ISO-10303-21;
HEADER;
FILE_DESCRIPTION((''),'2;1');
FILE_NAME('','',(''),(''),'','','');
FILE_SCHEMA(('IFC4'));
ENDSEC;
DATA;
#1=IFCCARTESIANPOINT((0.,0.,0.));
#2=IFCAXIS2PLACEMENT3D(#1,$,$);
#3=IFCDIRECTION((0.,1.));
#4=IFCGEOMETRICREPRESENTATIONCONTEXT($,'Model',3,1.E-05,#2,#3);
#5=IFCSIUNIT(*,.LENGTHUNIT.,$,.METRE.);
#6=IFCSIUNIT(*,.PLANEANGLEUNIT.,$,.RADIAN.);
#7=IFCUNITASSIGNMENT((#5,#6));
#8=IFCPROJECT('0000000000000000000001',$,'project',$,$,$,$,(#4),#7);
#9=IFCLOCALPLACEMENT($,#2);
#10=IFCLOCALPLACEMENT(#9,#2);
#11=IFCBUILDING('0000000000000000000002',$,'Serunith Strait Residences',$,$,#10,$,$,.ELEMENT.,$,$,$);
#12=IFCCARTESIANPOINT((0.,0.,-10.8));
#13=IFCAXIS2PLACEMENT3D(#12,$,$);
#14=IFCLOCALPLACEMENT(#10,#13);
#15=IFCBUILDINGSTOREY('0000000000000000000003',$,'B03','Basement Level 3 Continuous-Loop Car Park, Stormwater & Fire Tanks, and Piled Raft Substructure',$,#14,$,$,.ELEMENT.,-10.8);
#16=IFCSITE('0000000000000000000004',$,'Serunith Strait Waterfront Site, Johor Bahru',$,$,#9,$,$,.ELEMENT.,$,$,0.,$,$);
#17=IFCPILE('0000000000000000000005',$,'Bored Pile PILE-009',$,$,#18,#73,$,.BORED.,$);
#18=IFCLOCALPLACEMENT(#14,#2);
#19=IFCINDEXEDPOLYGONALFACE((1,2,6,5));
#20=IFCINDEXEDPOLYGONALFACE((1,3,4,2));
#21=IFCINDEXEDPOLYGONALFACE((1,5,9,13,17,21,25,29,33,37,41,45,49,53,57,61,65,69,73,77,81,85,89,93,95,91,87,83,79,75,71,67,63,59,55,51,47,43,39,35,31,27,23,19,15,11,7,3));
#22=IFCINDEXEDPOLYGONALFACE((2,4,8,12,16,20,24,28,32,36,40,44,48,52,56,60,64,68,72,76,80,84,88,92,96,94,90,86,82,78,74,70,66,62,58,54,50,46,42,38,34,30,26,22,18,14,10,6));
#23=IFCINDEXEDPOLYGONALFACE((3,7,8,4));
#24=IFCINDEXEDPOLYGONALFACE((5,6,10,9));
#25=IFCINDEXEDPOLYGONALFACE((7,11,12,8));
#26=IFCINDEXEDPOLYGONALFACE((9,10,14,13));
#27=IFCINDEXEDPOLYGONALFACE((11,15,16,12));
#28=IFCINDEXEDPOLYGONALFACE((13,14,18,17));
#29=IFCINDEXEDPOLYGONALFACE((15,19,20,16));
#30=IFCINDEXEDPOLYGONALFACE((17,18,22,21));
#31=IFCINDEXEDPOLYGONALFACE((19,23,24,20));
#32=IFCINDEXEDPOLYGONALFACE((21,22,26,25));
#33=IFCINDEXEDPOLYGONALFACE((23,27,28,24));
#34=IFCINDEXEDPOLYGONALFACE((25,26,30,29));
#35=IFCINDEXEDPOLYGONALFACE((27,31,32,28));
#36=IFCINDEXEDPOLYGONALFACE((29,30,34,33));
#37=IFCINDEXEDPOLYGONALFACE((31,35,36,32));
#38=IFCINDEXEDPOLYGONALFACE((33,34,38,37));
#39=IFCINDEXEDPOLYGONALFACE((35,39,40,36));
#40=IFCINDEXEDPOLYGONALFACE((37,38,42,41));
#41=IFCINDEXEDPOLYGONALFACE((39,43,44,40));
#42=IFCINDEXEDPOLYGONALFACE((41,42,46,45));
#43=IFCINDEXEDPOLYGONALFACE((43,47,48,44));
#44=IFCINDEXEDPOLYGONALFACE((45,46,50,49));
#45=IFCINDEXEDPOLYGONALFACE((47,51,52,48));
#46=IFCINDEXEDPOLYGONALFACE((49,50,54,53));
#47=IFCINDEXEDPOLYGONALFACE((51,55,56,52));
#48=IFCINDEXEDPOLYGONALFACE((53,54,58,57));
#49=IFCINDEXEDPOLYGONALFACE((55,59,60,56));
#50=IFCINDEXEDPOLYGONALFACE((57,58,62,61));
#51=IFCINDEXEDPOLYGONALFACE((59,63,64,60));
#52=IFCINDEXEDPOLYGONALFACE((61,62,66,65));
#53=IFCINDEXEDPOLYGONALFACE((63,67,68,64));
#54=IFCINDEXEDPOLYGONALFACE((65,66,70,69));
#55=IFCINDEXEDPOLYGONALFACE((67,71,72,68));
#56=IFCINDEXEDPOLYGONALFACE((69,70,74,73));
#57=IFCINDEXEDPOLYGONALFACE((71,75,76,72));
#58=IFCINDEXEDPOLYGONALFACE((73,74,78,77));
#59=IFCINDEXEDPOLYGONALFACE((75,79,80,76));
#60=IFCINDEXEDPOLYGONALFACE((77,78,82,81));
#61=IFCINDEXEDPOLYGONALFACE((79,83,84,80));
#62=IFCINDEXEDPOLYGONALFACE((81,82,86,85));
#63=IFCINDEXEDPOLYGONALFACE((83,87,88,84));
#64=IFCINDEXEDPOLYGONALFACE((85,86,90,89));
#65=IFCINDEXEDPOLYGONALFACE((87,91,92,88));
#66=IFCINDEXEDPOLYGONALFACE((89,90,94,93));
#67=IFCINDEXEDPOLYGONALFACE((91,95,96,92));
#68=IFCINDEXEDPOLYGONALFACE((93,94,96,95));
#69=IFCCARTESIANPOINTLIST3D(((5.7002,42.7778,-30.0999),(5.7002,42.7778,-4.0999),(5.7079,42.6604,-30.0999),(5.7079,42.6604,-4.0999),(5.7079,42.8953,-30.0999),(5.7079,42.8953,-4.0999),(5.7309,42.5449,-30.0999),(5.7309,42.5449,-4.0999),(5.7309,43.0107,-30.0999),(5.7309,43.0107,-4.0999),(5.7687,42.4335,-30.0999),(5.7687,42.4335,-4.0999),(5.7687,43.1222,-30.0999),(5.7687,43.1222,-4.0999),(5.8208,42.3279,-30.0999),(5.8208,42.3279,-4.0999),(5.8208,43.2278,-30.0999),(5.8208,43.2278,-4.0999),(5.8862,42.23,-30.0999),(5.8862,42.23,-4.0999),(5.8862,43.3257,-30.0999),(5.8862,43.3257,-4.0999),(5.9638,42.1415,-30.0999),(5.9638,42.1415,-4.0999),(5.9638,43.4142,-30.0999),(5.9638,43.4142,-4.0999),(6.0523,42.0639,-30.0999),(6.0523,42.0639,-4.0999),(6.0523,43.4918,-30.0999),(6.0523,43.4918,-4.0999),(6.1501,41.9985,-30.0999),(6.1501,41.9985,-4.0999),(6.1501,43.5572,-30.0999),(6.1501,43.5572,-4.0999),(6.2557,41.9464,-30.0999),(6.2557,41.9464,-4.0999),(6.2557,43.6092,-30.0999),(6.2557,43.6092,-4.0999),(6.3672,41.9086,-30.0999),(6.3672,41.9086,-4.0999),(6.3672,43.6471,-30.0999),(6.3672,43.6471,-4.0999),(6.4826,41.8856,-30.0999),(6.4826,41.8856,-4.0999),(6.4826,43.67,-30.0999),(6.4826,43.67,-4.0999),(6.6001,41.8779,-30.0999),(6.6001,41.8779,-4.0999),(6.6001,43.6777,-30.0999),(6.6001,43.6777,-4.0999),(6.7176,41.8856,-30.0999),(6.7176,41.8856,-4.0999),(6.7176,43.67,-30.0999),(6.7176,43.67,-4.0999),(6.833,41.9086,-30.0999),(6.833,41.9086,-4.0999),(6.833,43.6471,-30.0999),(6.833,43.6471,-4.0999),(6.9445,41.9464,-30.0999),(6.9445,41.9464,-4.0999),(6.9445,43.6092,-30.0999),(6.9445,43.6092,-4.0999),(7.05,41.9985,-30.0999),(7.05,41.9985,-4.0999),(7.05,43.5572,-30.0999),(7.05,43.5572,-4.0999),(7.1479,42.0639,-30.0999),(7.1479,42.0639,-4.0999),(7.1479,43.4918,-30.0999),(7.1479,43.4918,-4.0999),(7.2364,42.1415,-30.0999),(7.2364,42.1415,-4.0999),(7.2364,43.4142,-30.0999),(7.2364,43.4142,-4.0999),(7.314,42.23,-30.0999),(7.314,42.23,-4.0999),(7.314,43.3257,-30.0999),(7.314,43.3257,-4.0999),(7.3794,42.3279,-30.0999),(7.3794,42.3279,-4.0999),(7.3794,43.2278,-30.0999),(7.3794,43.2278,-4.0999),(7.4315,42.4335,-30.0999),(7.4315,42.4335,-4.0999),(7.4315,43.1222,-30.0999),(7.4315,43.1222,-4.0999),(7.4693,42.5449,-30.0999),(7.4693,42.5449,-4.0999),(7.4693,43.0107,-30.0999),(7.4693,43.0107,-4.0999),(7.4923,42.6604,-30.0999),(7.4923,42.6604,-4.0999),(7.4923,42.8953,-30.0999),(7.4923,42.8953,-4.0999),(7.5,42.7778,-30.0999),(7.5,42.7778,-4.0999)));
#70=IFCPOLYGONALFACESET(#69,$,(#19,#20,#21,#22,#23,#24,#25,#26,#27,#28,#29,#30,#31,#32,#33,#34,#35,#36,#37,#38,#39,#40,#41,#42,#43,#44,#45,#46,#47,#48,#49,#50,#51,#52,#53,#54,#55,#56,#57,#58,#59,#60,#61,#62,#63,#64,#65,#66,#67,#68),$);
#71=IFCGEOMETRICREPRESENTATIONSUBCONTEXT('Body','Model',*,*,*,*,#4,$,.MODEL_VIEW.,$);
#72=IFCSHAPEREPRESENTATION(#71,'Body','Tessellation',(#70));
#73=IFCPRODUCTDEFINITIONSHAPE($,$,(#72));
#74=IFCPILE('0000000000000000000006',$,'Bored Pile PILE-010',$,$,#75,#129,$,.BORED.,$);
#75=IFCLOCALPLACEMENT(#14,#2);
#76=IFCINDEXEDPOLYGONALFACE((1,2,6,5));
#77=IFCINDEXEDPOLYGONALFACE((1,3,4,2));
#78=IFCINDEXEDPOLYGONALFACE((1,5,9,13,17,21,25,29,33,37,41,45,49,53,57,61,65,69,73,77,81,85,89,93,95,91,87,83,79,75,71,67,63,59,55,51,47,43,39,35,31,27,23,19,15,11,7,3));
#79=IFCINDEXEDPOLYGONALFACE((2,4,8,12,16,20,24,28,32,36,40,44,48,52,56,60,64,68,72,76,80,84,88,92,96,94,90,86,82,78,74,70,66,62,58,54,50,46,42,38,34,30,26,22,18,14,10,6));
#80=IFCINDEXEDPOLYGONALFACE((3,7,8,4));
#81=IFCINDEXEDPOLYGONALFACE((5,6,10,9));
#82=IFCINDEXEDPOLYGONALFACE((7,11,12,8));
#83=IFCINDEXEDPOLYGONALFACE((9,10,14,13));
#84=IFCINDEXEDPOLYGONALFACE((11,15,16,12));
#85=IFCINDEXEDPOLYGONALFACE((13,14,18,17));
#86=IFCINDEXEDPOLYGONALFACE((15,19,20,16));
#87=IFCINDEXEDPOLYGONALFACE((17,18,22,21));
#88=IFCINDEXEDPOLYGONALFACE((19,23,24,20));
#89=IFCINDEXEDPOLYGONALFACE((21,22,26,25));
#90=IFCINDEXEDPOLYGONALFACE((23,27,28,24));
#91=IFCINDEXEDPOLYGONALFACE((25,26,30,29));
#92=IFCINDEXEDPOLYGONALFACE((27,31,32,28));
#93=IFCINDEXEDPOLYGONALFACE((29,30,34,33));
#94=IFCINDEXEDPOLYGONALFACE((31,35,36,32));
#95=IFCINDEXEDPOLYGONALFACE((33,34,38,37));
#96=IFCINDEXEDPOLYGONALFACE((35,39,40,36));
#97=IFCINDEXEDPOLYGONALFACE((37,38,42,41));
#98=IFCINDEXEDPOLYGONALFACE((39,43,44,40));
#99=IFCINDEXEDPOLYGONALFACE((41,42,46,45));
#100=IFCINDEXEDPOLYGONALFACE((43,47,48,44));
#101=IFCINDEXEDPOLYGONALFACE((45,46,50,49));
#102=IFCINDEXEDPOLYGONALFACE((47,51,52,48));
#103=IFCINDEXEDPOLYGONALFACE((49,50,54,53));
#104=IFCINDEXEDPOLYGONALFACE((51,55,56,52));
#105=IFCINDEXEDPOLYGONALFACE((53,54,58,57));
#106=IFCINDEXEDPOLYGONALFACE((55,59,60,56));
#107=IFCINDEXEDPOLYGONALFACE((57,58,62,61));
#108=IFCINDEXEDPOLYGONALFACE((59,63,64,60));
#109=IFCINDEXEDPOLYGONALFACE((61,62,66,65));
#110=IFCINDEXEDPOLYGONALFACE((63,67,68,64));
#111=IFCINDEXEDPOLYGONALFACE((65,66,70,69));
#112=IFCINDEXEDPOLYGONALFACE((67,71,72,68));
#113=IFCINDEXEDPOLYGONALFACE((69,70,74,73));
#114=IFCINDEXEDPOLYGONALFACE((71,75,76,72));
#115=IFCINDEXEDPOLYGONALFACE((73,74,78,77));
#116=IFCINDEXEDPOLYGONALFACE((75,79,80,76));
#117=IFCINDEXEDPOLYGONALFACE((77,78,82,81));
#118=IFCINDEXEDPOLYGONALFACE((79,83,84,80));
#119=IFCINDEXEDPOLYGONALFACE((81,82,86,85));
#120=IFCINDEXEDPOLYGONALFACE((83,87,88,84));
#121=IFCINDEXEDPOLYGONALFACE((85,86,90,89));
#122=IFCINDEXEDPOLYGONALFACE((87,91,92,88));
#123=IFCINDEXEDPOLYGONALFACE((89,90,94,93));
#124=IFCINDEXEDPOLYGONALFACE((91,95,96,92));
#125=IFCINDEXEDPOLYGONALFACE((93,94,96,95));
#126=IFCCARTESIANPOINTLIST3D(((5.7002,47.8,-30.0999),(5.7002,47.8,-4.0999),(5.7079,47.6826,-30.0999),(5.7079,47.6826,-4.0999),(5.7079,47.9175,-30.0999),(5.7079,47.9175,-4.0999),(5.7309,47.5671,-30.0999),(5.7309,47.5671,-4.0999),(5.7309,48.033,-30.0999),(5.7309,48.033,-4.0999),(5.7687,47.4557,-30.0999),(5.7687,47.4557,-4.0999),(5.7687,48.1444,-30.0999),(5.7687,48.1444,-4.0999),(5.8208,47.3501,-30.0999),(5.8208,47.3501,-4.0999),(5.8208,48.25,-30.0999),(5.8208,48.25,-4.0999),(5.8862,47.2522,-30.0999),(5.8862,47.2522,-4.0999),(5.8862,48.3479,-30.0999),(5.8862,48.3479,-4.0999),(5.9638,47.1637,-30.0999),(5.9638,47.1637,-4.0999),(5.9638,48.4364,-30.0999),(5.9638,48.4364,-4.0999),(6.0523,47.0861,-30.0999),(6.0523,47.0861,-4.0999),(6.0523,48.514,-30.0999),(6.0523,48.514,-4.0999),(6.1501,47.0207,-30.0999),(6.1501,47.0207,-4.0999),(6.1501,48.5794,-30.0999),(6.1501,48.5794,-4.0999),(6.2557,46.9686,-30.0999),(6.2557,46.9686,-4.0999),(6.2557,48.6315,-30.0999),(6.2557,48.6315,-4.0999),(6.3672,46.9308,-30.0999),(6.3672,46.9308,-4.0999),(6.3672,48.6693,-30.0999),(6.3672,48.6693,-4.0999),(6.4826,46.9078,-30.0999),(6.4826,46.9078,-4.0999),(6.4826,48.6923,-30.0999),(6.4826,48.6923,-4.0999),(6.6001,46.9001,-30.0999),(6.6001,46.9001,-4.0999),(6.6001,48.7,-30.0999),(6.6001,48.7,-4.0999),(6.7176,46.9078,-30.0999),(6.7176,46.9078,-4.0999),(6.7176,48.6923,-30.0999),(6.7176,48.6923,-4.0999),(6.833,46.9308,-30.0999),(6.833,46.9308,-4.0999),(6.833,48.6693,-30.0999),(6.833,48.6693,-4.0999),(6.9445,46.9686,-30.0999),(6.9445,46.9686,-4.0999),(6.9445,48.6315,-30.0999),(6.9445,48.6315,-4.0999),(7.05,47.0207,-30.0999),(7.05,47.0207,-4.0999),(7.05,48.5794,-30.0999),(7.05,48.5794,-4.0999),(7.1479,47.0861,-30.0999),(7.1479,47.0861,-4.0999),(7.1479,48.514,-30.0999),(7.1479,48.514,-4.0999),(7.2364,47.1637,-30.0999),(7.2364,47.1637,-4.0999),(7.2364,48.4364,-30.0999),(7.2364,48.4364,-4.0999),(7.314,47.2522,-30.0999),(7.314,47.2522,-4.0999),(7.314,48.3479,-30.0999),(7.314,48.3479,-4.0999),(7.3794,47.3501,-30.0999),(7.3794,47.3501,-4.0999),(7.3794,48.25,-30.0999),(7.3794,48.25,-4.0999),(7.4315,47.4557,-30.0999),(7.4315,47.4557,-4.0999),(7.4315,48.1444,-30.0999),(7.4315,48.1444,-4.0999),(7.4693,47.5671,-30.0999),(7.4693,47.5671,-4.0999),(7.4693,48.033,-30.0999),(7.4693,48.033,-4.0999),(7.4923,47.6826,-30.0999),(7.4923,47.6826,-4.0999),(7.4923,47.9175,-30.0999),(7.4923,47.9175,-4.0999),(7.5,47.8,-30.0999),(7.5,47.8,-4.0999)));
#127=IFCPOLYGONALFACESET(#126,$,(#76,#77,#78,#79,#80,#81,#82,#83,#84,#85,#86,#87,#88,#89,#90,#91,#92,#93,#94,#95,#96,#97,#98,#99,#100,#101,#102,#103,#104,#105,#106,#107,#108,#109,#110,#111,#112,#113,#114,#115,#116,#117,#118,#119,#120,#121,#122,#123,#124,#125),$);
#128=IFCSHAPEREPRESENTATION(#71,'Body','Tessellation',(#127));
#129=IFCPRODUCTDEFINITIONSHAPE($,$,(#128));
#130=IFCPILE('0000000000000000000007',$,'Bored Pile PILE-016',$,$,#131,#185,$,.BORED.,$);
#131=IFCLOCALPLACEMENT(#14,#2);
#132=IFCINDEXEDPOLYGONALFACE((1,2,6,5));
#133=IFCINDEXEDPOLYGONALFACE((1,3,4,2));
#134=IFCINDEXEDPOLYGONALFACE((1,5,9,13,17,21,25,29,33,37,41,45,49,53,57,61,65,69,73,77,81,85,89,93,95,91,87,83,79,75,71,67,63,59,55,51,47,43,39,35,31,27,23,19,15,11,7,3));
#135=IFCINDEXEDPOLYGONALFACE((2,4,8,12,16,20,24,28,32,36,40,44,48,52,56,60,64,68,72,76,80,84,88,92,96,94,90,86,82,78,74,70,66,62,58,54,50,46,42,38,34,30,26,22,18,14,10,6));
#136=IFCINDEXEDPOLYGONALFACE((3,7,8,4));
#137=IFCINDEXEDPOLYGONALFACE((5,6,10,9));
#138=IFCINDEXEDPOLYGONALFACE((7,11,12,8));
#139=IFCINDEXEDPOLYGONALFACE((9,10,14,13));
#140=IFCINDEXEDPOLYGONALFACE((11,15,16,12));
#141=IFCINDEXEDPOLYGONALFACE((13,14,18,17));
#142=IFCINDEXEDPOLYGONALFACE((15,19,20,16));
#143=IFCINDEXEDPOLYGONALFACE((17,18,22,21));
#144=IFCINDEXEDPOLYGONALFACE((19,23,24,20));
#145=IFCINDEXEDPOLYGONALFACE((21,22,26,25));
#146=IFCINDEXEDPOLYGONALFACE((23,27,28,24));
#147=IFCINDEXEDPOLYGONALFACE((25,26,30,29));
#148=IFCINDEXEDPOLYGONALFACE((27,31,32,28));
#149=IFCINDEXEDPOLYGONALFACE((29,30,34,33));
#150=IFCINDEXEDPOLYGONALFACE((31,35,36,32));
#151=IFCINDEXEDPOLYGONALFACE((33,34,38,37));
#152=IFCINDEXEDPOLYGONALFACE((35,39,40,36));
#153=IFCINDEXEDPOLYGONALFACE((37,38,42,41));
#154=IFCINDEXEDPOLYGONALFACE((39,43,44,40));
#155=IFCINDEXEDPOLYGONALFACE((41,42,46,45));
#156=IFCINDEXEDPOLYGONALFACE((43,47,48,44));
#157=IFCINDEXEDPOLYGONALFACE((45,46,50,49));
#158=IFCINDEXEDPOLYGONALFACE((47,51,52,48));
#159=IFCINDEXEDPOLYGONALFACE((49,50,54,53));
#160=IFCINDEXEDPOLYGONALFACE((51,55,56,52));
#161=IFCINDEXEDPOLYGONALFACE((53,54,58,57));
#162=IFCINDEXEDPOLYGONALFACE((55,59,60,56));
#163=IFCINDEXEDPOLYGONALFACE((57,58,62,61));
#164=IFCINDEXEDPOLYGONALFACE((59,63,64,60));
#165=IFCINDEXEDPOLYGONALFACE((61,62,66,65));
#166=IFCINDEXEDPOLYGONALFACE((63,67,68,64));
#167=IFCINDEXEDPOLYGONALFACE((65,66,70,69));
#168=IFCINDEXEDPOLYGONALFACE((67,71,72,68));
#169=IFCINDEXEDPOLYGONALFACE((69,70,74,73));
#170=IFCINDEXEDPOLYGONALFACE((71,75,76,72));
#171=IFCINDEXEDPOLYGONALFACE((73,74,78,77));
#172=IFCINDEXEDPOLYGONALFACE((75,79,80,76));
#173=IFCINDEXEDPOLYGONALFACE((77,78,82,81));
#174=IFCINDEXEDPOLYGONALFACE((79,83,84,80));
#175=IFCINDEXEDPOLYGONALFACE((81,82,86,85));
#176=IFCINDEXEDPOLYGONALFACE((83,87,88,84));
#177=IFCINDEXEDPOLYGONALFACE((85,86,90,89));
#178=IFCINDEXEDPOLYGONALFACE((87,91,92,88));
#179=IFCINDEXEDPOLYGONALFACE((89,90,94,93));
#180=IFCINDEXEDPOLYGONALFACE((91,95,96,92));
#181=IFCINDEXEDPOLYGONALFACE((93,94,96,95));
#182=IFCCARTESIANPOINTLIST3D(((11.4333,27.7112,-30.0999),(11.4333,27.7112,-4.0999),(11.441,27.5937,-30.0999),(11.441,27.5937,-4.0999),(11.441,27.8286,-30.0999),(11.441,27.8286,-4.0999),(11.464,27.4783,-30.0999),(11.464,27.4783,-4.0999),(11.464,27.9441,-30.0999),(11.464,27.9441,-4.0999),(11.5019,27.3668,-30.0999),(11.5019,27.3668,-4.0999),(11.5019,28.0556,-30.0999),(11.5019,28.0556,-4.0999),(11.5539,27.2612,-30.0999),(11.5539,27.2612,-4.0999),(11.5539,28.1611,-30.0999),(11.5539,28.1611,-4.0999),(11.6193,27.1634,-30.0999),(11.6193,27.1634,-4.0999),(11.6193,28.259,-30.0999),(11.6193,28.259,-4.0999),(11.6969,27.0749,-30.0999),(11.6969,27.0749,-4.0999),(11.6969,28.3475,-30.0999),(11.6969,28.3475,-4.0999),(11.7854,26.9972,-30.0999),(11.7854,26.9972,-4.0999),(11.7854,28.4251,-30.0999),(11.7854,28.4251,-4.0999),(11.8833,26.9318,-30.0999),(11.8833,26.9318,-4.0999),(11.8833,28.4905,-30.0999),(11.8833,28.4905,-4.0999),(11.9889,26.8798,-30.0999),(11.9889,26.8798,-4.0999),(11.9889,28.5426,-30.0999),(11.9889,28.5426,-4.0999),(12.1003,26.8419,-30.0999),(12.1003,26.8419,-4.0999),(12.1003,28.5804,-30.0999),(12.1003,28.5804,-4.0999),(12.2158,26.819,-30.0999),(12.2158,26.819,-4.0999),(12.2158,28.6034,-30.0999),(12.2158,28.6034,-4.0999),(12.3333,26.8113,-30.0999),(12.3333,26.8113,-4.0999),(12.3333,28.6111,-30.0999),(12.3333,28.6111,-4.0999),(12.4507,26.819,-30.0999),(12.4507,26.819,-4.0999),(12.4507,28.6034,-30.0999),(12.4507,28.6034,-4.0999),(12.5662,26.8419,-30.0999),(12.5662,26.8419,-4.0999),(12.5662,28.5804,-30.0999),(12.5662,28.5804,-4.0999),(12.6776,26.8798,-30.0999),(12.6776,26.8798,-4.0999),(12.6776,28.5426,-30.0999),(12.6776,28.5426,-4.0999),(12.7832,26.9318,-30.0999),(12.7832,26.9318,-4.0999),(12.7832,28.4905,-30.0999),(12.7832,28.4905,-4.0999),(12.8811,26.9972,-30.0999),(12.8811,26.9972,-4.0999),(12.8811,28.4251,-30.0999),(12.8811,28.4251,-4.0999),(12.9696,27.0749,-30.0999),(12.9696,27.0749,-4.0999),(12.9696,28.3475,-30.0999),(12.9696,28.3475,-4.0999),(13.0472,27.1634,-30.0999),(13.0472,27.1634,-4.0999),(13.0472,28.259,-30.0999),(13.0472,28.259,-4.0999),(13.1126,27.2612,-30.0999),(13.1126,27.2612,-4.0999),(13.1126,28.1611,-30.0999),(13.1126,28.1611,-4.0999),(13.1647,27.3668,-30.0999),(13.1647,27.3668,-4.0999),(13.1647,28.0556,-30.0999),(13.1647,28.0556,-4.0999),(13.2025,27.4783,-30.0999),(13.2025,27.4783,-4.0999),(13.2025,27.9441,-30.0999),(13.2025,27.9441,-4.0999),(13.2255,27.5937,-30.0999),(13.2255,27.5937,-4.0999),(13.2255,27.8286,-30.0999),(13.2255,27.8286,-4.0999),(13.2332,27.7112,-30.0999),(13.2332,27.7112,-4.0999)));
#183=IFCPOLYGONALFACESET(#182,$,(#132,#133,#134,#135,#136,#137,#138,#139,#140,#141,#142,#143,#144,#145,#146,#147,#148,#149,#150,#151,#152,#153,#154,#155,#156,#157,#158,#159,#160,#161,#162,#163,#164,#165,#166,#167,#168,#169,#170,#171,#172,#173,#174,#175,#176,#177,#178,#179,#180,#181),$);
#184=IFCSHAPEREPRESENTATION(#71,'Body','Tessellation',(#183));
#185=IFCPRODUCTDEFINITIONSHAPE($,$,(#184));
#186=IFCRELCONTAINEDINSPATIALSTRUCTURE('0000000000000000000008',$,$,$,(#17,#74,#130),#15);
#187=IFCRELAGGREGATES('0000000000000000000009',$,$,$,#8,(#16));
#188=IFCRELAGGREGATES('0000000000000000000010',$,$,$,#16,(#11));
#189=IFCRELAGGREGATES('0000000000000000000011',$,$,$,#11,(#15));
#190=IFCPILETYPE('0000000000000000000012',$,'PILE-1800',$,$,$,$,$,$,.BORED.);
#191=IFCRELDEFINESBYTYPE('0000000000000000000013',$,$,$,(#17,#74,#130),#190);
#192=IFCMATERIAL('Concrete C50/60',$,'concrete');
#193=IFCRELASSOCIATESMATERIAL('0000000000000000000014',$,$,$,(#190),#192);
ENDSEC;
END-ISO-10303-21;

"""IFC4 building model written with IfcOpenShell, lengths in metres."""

from ifc_helpers import new_model, si_unit, direction, frame, origin, origin_2d, place, context, subcontext, project, spatial, circle, extrude, source, transform, mapped, material, material_profile, profile_set, type_object, element, save


model = new_model("IFC4")

# Units and contexts
model_context = context("Model", 3, precision=1e-05, world=origin(), true_north=direction((0.0, 1.0)))
body_context = subcontext(model_context, "Body", "Model", "MODEL_VIEW")
ifc_project = project(units=[si_unit("LENGTHUNIT", "METRE"), si_unit("PLANEANGLEUNIT", "RADIAN")], contexts=[model_context])

# Site, building, storey
site_placement = place(None, origin())
site = spatial("IfcSite", under=ifc_project, at=site_placement, Name="Serunith Strait Waterfront Site, Johor Bahru", CompositionType="ELEMENT", RefElevation=0.0)
building_placement = place(site_placement, origin())
building = spatial("IfcBuilding", under=site, at=building_placement, Name="Serunith Strait Residences", CompositionType="ELEMENT")
storey_placement = place(building_placement, frame((0.0, 0.0, -10.8)))
storey = spatial("IfcBuildingStorey", under=building, at=storey_placement, Name="B03", Description="Basement Level 3 Continuous-Loop Car Park, Stormwater & Fire Tanks, and Piled Raft Substructure", CompositionType="ELEMENT", Elevation=-10.8)

# Shared definitions
ifc_material_1 = material(Name="Concrete C50/60", Category="concrete")

# Piles
ifc_material_profile_1 = material_profile(ifc_material_1, circle(Radius=0.8999, at=origin_2d()), Name="PILE D1800")
ifc_profile_set_1 = profile_set([ifc_material_profile_1], Name="Concrete C50/60")
pile_type_1 = type_object("IfcPileType", Name="PILE-1800", PredefinedType="BORED", material=ifc_profile_set_1)
shared_shape_1 = source(origin(), body_context, "Body", "SweptSolid", [
    extrude(circle(Radius=0.8999, at=origin_2d()), origin(), (0.0, 0.0, 1.0), 26.0),
])
for number, where, z_axis, x_axis, name in (
    (1, (6.6001, 42.7778, -4.0999), (0.0, 0.0, -1.0), (1.0, 0.0, 0.0), "Bored Pile PILE-009"),
    (2, (6.6001, 47.8, -4.0999), (0.0, 0.0, -1.0), (1.0, 0.0, 0.0), "Bored Pile PILE-010"),
    (3, (12.3333, 27.7112, -4.0999), (0.0, 0.0, -1.0), (1.0, 0.0, 0.0), "Bored Pile PILE-016"),
):
    element("IfcPile", number, at=place(storey_placement, frame(where, z_axis=z_axis, x_axis=x_axis)), inside=storey, type_object=pile_type_1, Name=name, PredefinedType="BORED", context=body_context, shape_type="MappedRepresentation", body=[
        mapped(shared_shape_1, transform((0.0, 0.0, 0.0), scale=1.0)),
    ])

save(model, "model.ifc")
